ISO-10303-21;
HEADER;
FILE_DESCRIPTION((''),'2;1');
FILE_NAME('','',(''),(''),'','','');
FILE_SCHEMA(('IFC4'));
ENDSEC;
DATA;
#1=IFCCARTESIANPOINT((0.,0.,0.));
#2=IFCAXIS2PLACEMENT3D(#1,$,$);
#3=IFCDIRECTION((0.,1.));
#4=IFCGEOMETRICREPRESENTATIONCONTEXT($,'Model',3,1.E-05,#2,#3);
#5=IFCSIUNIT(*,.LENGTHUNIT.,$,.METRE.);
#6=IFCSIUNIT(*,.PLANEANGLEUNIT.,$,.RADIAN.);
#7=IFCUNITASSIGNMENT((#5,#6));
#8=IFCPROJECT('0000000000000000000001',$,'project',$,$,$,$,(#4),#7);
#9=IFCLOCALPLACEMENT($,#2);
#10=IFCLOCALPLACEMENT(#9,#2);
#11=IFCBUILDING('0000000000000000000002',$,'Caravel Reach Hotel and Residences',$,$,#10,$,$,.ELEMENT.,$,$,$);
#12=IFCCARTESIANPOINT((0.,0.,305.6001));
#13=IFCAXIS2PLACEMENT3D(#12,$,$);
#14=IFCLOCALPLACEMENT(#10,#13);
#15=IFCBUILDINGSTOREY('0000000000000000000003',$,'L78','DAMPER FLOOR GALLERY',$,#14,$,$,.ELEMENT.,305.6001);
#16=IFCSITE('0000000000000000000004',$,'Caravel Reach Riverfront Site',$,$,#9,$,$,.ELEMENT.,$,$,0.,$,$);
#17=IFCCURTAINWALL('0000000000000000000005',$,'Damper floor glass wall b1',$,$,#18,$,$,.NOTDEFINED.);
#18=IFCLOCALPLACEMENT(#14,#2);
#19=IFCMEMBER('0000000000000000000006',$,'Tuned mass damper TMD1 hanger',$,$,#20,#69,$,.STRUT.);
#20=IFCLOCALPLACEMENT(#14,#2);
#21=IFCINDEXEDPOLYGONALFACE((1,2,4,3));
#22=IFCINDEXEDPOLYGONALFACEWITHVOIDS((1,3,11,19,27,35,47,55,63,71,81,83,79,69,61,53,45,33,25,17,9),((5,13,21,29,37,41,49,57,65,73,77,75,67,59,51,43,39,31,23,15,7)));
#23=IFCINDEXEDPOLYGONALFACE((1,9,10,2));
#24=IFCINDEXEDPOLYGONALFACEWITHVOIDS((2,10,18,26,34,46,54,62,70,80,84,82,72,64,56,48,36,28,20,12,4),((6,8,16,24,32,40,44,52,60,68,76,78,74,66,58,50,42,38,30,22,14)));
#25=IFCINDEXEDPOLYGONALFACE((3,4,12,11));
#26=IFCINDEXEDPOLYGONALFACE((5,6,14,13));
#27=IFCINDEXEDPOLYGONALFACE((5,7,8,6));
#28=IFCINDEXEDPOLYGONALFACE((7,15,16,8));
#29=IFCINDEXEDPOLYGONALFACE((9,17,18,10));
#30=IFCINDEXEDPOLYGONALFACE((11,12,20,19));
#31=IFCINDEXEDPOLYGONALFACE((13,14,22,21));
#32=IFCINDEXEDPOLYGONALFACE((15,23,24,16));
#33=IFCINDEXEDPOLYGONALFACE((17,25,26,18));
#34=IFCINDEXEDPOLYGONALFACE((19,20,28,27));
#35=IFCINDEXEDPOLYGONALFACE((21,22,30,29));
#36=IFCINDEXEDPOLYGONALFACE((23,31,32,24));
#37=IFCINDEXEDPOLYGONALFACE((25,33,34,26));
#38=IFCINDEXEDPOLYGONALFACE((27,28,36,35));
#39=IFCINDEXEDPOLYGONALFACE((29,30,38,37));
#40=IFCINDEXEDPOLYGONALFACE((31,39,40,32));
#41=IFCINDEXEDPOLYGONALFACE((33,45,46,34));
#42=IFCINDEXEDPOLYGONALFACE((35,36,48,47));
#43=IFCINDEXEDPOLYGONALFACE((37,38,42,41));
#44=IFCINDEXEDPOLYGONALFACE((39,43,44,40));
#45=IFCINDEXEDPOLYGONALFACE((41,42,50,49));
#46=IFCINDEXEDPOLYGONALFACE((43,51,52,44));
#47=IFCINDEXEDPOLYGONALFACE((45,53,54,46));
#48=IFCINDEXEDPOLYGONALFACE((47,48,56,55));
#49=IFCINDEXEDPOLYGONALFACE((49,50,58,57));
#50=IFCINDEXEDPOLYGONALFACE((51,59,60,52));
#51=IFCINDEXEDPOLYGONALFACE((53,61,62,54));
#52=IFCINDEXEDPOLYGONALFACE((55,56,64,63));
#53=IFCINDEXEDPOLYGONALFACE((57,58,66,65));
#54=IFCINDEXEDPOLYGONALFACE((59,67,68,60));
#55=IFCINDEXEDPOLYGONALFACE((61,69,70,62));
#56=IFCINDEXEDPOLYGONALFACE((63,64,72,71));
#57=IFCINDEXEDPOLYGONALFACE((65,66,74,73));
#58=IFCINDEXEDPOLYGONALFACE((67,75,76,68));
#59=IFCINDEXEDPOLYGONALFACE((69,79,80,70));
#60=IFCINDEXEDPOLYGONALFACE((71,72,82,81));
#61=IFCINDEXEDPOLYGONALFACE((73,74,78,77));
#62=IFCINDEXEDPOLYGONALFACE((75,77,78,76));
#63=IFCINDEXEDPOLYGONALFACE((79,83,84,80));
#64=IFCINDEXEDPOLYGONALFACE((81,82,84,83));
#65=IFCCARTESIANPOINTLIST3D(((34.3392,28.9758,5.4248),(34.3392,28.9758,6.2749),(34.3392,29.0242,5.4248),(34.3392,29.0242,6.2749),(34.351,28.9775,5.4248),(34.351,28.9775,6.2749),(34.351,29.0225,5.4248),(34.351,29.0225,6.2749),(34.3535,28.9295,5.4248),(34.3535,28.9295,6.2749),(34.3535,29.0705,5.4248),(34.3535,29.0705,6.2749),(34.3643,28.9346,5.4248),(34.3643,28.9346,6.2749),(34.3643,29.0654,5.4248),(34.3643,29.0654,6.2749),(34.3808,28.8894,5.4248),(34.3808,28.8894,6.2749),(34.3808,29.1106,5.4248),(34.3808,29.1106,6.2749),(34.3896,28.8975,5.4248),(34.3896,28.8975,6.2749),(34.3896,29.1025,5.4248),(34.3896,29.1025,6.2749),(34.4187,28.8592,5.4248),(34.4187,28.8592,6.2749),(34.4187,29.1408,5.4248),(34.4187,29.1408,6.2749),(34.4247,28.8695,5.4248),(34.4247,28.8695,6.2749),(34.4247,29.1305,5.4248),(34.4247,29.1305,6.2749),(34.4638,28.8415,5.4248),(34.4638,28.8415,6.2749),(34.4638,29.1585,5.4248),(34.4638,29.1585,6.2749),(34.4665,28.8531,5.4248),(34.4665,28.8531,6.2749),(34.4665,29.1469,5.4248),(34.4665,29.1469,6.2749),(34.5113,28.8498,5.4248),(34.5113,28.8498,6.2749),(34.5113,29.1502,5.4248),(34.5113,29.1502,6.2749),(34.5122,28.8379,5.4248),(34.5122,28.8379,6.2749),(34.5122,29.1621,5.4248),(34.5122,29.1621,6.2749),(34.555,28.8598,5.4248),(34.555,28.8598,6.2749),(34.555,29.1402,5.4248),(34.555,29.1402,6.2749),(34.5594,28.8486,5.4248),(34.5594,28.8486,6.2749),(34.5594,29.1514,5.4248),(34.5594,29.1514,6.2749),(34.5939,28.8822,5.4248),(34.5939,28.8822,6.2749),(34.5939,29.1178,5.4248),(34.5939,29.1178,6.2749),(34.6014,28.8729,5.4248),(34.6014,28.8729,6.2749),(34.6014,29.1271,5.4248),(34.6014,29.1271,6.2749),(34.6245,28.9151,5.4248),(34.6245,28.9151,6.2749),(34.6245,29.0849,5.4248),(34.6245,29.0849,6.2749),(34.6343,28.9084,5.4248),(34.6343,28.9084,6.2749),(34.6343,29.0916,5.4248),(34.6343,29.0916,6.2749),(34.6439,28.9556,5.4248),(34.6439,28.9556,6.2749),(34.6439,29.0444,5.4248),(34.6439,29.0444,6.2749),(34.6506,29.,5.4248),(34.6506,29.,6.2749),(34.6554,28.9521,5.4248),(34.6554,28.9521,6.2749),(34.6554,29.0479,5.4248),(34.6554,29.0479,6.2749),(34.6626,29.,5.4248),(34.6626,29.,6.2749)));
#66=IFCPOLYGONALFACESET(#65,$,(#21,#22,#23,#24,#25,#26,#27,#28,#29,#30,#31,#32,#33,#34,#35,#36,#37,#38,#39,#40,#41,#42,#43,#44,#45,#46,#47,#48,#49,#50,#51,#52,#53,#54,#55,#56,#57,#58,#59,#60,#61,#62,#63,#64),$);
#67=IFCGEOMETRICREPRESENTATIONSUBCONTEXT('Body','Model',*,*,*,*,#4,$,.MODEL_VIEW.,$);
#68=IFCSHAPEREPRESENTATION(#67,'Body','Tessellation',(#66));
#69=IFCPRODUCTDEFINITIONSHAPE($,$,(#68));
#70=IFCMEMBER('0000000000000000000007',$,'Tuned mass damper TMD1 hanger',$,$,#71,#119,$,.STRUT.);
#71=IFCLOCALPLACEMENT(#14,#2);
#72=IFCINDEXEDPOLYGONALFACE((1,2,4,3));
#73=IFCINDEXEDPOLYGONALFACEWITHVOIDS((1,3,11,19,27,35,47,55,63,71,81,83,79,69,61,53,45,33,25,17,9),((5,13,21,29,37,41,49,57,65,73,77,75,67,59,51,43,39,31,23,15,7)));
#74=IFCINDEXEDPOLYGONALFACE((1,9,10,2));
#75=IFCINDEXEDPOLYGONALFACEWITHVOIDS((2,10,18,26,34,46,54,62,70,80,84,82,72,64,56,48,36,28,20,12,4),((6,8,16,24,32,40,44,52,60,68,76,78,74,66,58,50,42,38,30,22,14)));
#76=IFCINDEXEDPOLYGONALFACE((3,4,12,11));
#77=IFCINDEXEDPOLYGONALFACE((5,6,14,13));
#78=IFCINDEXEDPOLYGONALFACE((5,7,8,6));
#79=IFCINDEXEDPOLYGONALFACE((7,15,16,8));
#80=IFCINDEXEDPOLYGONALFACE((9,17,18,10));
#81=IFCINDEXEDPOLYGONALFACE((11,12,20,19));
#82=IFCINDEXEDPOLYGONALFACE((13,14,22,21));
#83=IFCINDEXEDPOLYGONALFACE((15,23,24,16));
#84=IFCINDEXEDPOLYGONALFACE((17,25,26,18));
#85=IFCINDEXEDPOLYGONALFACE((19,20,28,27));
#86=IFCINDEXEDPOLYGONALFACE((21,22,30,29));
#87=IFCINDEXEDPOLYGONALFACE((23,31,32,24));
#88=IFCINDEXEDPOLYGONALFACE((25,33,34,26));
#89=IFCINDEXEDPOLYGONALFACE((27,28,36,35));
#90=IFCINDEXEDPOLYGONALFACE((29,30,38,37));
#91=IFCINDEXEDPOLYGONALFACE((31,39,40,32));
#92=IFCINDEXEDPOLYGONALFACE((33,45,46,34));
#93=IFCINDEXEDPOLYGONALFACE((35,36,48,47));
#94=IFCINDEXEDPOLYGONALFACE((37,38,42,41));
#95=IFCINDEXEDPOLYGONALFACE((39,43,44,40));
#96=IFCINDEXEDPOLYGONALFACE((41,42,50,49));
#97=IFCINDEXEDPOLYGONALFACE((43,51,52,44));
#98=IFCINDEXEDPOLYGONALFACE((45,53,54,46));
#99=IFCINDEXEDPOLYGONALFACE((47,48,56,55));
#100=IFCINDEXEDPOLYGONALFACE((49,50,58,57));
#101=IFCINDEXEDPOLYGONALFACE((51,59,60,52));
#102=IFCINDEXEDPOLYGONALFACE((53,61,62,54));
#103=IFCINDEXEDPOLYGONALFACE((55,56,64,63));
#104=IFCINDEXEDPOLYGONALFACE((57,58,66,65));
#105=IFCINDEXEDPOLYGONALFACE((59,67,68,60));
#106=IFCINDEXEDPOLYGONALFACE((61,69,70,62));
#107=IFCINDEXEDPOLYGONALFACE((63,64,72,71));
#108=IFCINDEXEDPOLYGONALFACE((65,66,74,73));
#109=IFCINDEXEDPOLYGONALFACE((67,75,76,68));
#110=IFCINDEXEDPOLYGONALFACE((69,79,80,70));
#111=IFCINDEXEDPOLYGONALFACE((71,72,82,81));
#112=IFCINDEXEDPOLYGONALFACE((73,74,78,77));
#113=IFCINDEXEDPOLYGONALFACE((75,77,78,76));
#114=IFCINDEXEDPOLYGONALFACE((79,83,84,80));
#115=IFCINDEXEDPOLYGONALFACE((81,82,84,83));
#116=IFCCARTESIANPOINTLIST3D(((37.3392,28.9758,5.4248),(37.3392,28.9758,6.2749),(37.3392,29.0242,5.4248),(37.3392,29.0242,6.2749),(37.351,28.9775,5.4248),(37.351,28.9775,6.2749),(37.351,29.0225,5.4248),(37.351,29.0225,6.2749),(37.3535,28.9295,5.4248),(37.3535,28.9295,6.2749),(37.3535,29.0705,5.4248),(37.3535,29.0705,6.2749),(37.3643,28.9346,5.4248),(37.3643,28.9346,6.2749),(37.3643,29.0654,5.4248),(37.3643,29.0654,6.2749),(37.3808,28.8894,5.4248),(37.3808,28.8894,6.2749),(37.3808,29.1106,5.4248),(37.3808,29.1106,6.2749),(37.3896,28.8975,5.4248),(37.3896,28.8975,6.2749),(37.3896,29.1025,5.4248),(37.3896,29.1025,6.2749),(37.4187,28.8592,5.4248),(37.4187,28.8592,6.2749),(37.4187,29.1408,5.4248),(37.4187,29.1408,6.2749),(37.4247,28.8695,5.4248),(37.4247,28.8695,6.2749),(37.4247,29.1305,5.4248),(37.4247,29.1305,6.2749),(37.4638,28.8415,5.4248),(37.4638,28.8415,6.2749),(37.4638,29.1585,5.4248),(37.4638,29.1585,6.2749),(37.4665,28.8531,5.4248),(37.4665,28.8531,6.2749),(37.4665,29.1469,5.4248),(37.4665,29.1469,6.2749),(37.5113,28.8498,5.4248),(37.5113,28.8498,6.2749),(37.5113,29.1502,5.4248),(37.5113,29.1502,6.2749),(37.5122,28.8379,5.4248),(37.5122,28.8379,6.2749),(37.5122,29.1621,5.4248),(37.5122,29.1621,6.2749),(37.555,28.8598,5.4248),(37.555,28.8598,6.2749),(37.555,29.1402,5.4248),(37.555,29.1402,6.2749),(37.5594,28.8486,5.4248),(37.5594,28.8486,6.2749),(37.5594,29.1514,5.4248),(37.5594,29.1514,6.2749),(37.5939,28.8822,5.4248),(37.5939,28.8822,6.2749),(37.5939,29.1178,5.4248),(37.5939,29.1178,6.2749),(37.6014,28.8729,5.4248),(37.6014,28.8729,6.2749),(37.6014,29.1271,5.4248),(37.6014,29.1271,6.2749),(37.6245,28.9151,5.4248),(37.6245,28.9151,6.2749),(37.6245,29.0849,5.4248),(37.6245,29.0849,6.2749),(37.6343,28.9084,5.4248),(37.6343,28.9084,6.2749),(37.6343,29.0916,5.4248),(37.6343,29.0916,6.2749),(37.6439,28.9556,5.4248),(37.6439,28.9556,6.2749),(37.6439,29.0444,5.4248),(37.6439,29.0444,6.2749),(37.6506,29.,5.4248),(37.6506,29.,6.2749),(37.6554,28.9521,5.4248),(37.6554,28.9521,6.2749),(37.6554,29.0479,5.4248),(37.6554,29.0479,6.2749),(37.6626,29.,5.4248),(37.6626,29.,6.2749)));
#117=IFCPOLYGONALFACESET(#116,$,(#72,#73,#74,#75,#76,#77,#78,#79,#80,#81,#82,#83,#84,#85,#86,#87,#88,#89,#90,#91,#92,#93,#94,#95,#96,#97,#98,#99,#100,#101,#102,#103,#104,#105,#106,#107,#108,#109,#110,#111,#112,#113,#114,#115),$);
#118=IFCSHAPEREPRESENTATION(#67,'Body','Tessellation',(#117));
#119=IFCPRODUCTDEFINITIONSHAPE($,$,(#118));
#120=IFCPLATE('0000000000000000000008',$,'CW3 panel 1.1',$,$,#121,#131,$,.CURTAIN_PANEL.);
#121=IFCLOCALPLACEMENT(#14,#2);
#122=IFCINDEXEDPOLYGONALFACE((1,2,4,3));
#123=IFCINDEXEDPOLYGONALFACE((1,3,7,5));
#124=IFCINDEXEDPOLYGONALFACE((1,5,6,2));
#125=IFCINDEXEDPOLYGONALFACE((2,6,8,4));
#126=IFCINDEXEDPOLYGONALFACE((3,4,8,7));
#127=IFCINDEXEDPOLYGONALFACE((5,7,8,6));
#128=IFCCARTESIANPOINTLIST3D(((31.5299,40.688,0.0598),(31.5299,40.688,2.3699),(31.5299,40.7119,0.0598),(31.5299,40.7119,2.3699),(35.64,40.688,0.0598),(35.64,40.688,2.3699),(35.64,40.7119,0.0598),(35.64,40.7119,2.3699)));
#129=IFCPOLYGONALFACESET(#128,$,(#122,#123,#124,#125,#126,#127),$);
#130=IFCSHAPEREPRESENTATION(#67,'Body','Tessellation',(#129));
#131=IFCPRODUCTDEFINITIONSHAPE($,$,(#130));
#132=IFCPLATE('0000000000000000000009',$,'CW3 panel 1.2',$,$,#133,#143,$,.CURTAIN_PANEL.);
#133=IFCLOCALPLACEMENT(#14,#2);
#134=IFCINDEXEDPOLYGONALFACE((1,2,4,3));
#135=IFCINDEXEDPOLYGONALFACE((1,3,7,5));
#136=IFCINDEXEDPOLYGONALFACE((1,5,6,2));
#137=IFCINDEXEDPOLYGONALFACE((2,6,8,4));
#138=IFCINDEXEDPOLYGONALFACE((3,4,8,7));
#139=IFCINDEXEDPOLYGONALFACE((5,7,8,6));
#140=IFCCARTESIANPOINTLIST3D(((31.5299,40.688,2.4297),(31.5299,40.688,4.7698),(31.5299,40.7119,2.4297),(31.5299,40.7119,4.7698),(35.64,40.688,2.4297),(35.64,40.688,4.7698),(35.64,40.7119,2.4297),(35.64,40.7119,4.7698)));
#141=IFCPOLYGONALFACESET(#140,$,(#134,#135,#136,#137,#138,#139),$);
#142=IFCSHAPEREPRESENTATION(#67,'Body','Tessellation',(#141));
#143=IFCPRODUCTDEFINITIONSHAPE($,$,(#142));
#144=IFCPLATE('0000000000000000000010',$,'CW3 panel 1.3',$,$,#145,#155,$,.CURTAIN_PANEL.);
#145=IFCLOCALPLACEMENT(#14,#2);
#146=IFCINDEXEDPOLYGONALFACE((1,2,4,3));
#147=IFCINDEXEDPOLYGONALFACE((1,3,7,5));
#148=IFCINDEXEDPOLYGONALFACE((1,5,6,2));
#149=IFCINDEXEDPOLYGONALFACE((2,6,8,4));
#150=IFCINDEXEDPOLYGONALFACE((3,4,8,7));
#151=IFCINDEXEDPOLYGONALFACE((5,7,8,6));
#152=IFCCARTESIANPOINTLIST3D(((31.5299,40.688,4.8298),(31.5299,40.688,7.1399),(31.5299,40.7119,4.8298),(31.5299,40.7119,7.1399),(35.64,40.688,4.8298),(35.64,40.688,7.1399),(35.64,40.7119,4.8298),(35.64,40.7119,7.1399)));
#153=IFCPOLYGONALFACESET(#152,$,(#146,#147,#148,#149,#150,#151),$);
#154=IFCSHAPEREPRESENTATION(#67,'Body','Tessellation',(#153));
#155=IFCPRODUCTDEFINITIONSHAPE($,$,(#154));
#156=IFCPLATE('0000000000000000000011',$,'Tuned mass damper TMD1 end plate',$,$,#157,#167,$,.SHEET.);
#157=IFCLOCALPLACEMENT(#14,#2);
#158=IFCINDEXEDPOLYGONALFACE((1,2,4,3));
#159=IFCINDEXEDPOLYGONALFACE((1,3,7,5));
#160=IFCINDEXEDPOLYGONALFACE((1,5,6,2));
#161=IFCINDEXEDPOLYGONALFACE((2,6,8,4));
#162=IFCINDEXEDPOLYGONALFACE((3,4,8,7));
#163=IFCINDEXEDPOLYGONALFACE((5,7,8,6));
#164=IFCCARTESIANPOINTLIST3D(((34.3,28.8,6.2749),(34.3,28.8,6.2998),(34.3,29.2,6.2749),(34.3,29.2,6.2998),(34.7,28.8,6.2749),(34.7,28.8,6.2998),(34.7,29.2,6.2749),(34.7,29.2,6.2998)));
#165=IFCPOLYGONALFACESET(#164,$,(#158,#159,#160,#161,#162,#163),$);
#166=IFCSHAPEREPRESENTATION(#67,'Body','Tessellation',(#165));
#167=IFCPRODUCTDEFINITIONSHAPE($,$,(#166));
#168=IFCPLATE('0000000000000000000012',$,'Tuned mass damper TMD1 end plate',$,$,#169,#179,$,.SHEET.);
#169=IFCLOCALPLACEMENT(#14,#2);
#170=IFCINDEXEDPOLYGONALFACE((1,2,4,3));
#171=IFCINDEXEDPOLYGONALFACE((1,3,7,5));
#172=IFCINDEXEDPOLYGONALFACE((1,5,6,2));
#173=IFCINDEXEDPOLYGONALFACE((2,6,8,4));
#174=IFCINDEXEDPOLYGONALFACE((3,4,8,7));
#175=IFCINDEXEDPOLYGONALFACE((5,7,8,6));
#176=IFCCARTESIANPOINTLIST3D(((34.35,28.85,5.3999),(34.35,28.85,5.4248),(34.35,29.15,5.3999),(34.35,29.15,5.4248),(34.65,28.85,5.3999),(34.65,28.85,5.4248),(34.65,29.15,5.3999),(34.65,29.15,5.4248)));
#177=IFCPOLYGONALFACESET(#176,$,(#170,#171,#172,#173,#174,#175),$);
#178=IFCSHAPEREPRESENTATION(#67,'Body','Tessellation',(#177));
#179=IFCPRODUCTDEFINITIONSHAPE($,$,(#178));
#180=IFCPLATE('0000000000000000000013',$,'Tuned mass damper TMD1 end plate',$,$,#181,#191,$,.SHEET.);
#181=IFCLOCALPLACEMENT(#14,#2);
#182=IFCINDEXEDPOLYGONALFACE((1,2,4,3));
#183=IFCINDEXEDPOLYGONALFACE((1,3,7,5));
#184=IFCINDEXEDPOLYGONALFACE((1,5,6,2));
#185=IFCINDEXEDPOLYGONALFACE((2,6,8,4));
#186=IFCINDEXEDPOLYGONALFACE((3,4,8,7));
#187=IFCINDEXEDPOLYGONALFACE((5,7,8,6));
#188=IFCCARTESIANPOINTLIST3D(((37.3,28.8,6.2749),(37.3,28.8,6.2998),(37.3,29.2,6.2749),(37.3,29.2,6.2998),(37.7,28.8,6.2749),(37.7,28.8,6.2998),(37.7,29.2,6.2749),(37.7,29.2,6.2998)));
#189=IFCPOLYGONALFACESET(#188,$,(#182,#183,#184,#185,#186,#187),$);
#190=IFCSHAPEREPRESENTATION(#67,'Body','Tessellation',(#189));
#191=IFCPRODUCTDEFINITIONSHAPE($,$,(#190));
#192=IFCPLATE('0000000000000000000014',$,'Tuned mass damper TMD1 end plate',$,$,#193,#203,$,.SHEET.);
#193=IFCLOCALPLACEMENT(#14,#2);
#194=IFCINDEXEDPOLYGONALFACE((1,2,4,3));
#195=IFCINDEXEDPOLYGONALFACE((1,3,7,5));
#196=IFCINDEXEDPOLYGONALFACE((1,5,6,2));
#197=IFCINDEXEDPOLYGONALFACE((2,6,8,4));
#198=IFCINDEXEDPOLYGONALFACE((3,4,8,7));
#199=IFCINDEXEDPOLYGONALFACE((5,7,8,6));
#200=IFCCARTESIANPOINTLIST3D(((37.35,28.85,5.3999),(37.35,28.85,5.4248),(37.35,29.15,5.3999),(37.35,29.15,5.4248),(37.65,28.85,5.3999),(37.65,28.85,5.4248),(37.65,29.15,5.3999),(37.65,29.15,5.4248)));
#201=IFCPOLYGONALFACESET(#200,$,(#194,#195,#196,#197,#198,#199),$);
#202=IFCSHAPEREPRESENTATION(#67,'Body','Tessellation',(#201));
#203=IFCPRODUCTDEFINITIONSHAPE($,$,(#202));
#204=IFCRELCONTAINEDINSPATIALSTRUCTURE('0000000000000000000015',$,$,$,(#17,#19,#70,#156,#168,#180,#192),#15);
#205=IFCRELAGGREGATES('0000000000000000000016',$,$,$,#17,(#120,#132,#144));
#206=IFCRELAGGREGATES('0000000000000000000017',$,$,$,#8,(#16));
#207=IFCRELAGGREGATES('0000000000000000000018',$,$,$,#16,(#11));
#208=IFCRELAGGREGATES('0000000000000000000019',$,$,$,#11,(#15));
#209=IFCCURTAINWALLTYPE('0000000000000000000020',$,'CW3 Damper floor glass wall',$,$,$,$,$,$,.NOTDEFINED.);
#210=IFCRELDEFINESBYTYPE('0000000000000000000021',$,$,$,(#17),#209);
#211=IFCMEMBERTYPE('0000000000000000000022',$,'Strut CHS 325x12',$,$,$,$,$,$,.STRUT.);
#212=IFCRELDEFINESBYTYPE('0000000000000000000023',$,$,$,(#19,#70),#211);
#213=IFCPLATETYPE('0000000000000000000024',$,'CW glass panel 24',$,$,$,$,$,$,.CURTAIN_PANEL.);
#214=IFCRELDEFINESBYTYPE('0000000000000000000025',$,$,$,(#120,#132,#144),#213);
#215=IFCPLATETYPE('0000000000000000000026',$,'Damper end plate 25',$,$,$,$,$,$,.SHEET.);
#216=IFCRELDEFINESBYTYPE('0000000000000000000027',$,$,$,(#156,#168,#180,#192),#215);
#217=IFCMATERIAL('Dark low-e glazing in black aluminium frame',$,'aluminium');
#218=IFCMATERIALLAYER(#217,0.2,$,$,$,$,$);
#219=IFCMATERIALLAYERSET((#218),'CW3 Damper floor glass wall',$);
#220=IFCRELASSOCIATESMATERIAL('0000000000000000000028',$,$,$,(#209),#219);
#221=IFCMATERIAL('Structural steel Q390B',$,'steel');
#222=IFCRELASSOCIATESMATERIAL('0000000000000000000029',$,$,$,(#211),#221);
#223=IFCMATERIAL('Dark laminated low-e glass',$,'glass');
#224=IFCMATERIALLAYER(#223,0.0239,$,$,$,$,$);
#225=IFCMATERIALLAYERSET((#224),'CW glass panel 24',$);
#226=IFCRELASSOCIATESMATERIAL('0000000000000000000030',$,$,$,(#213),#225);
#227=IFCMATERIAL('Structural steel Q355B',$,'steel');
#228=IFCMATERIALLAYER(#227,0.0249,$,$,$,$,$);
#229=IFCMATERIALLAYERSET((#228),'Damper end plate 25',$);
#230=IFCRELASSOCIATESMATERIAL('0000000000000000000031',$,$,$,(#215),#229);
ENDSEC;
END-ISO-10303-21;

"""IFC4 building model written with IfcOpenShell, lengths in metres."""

from ifc_helpers import new_model, si_unit, direction, frame, origin, origin_2d, place, context, subcontext, project, spatial, rectangle, hollow_circle, extrude, material, layer, layer_set, material_profile, profile_set, type_object, element, aggregate, save


model = new_model("IFC4")

# Units and contexts
model_context = context("Model", 3, precision=1e-05, world=origin(), true_north=direction((0.0, 1.0)))
body_context = subcontext(model_context, "Body", "Model", "MODEL_VIEW")
ifc_project = project(units=[si_unit("LENGTHUNIT", "METRE"), si_unit("PLANEANGLEUNIT", "RADIAN")], contexts=[model_context])

# Site, building, storey
site_placement = place(None, origin())
site = spatial("IfcSite", under=ifc_project, at=site_placement, Name="Caravel Reach Riverfront Site", CompositionType="ELEMENT", RefElevation=0.0)
building_placement = place(site_placement, origin())
building = spatial("IfcBuilding", under=site, at=building_placement, Name="Caravel Reach Hotel and Residences", CompositionType="ELEMENT")
storey_placement = place(building_placement, frame((0.0, 0.0, 305.6001)))
storey = spatial("IfcBuildingStorey", under=building, at=storey_placement, Name="L78", Description="DAMPER FLOOR GALLERY", CompositionType="ELEMENT", Elevation=305.6001)

# Shared definitions
ifc_material_1 = material(Name="Dark low-e glazing in black aluminium frame", Category="aluminium")
ifc_layer_1 = layer(ifc_material_1, 0.2)
ifc_layer_set_1 = layer_set([ifc_layer_1], Name="CW3 Damper floor glass wall")
curtain_wall_type = type_object("IfcCurtainWallType", Name="CW3 Damper floor glass wall", PredefinedType="NOTDEFINED", material=ifc_layer_set_1)

# Curtain wall
curtain_wall_1_placement = place(storey_placement, origin())
curtain_wall_1 = element("IfcCurtainWall", 1, at=curtain_wall_1_placement, inside=storey, type_object=curtain_wall_type, Name="Damper floor glass wall b1", PredefinedType="NOTDEFINED")

# Members
ifc_material_2 = material(Name="Structural steel Q390B", Category="steel")
ifc_material_profile_1 = material_profile(ifc_material_2, hollow_circle(Radius=0.1626, WallThickness=0.012, at=origin_2d()), Name="CHS 325x12")
ifc_profile_set_1 = profile_set([ifc_material_profile_1], Name="Structural steel Q390B")
member_type_1 = type_object("IfcMemberType", Name="Strut CHS 325x12", PredefinedType="STRUT", material=ifc_profile_set_1)
for number, where, z_axis, x_axis, name in (
    (2, (34.5, 29.0, 6.2749), (0.0, 0.0, -1.0), (1.0, 0.0, 0.0), "Tuned mass damper TMD1 hanger"),
    (3, (37.5, 29.0, 6.2749), (0.0, 0.0, -1.0), (1.0, 0.0, 0.0), "Tuned mass damper TMD1 hanger"),
):
    element("IfcMember", number, at=place(storey_placement, frame(where, z_axis=z_axis, x_axis=x_axis)), inside=storey, type_object=member_type_1, Name=name, PredefinedType="STRUT", context=body_context, shape_type="SweptSolid", body=[
        extrude(hollow_circle(Radius=0.1626, WallThickness=0.012, at=origin_2d()), origin(), (0.0, 0.0, 1.0), 0.8501),
    ])

# Plates
ifc_material_3 = material(Name="Dark laminated low-e glass", Category="glass")
ifc_layer_2 = layer(ifc_material_3, 0.0239)
ifc_layer_set_2 = layer_set([ifc_layer_2], Name="CW glass panel 24")
plate_type_1 = type_object("IfcPlateType", Name="CW glass panel 24", PredefinedType="CURTAIN_PANEL", material=ifc_layer_set_2)
plate_1_placement = place(storey_placement, frame((33.585, 40.7, 0.0598), z_axis=(0.0, 0.0, 1.0), x_axis=(-1.0, 0.0, 0.0)))
plate_1 = element("IfcPlate", 4, at=plate_1_placement, type_object=plate_type_1, Name="CW3 panel 1.1", PredefinedType="CURTAIN_PANEL", context=body_context, shape_type="SweptSolid", body=[
    extrude(rectangle(XDim=4.1101, YDim=0.0239, at=origin_2d()), origin(), (0.0, 0.0, 1.0), 2.3101),
])
plate_2_placement = place(storey_placement, frame((33.585, 40.7, 2.4297), z_axis=(0.0, 0.0, 1.0), x_axis=(-1.0, 0.0, 0.0)))
plate_2 = element("IfcPlate", 5, at=plate_2_placement, type_object=plate_type_1, Name="CW3 panel 1.2", PredefinedType="CURTAIN_PANEL", context=body_context, shape_type="SweptSolid", body=[
    extrude(rectangle(XDim=4.1101, YDim=0.0239, at=origin_2d()), origin(), (0.0, 0.0, 1.0), 2.3401),
])
plate_3_placement = place(storey_placement, frame((33.585, 40.7, 4.8298), z_axis=(0.0, 0.0, 1.0), x_axis=(-1.0, 0.0, 0.0)))
plate_3 = element("IfcPlate", 6, at=plate_3_placement, type_object=plate_type_1, Name="CW3 panel 1.3", PredefinedType="CURTAIN_PANEL", context=body_context, shape_type="SweptSolid", body=[
    extrude(rectangle(XDim=4.1101, YDim=0.0239, at=origin_2d()), origin(), (0.0, 0.0, 1.0), 2.3101),
])
aggregate(curtain_wall_1, [plate_1, plate_2, plate_3])

# Plates
ifc_material_4 = material(Name="Structural steel Q355B", Category="steel")
ifc_layer_3 = layer(ifc_material_4, 0.0249)
ifc_layer_set_3 = layer_set([ifc_layer_3], Name="Damper end plate 25")
plate_type_2 = type_object("IfcPlateType", Name="Damper end plate 25", PredefinedType="SHEET", material=ifc_layer_set_3)
plate_4_placement = place(storey_placement, frame((34.5, 29.0, 6.2749), z_axis=(0.0, 0.0, 1.0), x_axis=(1.0, 0.0, 0.0)))
element("IfcPlate", 7, at=plate_4_placement, inside=storey, type_object=plate_type_2, Name="Tuned mass damper TMD1 end plate", PredefinedType="SHEET", context=body_context, shape_type="SweptSolid", body=[
    extrude(rectangle(XDim=0.3999, YDim=0.3999, at=origin_2d()), origin(), (0.0, 0.0, 1.0), 0.0249),
])
plate_5_placement = place(storey_placement, frame((34.5, 29.0, 5.3999), z_axis=(0.0, 0.0, 1.0), x_axis=(1.0, 0.0, 0.0)))
element("IfcPlate", 8, at=plate_5_placement, inside=storey, type_object=plate_type_2, Name="Tuned mass damper TMD1 end plate", PredefinedType="SHEET", context=body_context, shape_type="SweptSolid", body=[
    extrude(rectangle(XDim=0.3, YDim=0.3, at=origin_2d()), origin(), (0.0, 0.0, 1.0), 0.0249),
])
plate_6_placement = place(storey_placement, frame((37.5, 29.0, 6.2749), z_axis=(0.0, 0.0, 1.0), x_axis=(1.0, 0.0, 0.0)))
element("IfcPlate", 9, at=plate_6_placement, inside=storey, type_object=plate_type_2, Name="Tuned mass damper TMD1 end plate", PredefinedType="SHEET", context=body_context, shape_type="SweptSolid", body=[
    extrude(rectangle(XDim=0.3999, YDim=0.3999, at=origin_2d()), origin(), (0.0, 0.0, 1.0), 0.0249),
])
for number, where, z_axis, x_axis, name in (
    (10, (37.5, 29.0, 5.3999), (0.0, 0.0, 1.0), (1.0, 0.0, 0.0), "Tuned mass damper TMD1 end plate"),
):
    element("IfcPlate", number, at=place(storey_placement, frame(where, z_axis=z_axis, x_axis=x_axis)), inside=storey, type_object=plate_type_2, Name=name, PredefinedType="SHEET", context=body_context, shape_type="SweptSolid", body=[
        extrude(rectangle(XDim=0.3, YDim=0.3, at=origin_2d()), origin(), (0.0, 0.0, 1.0), 0.0249),
    ])

save(model, "model.ifc")
